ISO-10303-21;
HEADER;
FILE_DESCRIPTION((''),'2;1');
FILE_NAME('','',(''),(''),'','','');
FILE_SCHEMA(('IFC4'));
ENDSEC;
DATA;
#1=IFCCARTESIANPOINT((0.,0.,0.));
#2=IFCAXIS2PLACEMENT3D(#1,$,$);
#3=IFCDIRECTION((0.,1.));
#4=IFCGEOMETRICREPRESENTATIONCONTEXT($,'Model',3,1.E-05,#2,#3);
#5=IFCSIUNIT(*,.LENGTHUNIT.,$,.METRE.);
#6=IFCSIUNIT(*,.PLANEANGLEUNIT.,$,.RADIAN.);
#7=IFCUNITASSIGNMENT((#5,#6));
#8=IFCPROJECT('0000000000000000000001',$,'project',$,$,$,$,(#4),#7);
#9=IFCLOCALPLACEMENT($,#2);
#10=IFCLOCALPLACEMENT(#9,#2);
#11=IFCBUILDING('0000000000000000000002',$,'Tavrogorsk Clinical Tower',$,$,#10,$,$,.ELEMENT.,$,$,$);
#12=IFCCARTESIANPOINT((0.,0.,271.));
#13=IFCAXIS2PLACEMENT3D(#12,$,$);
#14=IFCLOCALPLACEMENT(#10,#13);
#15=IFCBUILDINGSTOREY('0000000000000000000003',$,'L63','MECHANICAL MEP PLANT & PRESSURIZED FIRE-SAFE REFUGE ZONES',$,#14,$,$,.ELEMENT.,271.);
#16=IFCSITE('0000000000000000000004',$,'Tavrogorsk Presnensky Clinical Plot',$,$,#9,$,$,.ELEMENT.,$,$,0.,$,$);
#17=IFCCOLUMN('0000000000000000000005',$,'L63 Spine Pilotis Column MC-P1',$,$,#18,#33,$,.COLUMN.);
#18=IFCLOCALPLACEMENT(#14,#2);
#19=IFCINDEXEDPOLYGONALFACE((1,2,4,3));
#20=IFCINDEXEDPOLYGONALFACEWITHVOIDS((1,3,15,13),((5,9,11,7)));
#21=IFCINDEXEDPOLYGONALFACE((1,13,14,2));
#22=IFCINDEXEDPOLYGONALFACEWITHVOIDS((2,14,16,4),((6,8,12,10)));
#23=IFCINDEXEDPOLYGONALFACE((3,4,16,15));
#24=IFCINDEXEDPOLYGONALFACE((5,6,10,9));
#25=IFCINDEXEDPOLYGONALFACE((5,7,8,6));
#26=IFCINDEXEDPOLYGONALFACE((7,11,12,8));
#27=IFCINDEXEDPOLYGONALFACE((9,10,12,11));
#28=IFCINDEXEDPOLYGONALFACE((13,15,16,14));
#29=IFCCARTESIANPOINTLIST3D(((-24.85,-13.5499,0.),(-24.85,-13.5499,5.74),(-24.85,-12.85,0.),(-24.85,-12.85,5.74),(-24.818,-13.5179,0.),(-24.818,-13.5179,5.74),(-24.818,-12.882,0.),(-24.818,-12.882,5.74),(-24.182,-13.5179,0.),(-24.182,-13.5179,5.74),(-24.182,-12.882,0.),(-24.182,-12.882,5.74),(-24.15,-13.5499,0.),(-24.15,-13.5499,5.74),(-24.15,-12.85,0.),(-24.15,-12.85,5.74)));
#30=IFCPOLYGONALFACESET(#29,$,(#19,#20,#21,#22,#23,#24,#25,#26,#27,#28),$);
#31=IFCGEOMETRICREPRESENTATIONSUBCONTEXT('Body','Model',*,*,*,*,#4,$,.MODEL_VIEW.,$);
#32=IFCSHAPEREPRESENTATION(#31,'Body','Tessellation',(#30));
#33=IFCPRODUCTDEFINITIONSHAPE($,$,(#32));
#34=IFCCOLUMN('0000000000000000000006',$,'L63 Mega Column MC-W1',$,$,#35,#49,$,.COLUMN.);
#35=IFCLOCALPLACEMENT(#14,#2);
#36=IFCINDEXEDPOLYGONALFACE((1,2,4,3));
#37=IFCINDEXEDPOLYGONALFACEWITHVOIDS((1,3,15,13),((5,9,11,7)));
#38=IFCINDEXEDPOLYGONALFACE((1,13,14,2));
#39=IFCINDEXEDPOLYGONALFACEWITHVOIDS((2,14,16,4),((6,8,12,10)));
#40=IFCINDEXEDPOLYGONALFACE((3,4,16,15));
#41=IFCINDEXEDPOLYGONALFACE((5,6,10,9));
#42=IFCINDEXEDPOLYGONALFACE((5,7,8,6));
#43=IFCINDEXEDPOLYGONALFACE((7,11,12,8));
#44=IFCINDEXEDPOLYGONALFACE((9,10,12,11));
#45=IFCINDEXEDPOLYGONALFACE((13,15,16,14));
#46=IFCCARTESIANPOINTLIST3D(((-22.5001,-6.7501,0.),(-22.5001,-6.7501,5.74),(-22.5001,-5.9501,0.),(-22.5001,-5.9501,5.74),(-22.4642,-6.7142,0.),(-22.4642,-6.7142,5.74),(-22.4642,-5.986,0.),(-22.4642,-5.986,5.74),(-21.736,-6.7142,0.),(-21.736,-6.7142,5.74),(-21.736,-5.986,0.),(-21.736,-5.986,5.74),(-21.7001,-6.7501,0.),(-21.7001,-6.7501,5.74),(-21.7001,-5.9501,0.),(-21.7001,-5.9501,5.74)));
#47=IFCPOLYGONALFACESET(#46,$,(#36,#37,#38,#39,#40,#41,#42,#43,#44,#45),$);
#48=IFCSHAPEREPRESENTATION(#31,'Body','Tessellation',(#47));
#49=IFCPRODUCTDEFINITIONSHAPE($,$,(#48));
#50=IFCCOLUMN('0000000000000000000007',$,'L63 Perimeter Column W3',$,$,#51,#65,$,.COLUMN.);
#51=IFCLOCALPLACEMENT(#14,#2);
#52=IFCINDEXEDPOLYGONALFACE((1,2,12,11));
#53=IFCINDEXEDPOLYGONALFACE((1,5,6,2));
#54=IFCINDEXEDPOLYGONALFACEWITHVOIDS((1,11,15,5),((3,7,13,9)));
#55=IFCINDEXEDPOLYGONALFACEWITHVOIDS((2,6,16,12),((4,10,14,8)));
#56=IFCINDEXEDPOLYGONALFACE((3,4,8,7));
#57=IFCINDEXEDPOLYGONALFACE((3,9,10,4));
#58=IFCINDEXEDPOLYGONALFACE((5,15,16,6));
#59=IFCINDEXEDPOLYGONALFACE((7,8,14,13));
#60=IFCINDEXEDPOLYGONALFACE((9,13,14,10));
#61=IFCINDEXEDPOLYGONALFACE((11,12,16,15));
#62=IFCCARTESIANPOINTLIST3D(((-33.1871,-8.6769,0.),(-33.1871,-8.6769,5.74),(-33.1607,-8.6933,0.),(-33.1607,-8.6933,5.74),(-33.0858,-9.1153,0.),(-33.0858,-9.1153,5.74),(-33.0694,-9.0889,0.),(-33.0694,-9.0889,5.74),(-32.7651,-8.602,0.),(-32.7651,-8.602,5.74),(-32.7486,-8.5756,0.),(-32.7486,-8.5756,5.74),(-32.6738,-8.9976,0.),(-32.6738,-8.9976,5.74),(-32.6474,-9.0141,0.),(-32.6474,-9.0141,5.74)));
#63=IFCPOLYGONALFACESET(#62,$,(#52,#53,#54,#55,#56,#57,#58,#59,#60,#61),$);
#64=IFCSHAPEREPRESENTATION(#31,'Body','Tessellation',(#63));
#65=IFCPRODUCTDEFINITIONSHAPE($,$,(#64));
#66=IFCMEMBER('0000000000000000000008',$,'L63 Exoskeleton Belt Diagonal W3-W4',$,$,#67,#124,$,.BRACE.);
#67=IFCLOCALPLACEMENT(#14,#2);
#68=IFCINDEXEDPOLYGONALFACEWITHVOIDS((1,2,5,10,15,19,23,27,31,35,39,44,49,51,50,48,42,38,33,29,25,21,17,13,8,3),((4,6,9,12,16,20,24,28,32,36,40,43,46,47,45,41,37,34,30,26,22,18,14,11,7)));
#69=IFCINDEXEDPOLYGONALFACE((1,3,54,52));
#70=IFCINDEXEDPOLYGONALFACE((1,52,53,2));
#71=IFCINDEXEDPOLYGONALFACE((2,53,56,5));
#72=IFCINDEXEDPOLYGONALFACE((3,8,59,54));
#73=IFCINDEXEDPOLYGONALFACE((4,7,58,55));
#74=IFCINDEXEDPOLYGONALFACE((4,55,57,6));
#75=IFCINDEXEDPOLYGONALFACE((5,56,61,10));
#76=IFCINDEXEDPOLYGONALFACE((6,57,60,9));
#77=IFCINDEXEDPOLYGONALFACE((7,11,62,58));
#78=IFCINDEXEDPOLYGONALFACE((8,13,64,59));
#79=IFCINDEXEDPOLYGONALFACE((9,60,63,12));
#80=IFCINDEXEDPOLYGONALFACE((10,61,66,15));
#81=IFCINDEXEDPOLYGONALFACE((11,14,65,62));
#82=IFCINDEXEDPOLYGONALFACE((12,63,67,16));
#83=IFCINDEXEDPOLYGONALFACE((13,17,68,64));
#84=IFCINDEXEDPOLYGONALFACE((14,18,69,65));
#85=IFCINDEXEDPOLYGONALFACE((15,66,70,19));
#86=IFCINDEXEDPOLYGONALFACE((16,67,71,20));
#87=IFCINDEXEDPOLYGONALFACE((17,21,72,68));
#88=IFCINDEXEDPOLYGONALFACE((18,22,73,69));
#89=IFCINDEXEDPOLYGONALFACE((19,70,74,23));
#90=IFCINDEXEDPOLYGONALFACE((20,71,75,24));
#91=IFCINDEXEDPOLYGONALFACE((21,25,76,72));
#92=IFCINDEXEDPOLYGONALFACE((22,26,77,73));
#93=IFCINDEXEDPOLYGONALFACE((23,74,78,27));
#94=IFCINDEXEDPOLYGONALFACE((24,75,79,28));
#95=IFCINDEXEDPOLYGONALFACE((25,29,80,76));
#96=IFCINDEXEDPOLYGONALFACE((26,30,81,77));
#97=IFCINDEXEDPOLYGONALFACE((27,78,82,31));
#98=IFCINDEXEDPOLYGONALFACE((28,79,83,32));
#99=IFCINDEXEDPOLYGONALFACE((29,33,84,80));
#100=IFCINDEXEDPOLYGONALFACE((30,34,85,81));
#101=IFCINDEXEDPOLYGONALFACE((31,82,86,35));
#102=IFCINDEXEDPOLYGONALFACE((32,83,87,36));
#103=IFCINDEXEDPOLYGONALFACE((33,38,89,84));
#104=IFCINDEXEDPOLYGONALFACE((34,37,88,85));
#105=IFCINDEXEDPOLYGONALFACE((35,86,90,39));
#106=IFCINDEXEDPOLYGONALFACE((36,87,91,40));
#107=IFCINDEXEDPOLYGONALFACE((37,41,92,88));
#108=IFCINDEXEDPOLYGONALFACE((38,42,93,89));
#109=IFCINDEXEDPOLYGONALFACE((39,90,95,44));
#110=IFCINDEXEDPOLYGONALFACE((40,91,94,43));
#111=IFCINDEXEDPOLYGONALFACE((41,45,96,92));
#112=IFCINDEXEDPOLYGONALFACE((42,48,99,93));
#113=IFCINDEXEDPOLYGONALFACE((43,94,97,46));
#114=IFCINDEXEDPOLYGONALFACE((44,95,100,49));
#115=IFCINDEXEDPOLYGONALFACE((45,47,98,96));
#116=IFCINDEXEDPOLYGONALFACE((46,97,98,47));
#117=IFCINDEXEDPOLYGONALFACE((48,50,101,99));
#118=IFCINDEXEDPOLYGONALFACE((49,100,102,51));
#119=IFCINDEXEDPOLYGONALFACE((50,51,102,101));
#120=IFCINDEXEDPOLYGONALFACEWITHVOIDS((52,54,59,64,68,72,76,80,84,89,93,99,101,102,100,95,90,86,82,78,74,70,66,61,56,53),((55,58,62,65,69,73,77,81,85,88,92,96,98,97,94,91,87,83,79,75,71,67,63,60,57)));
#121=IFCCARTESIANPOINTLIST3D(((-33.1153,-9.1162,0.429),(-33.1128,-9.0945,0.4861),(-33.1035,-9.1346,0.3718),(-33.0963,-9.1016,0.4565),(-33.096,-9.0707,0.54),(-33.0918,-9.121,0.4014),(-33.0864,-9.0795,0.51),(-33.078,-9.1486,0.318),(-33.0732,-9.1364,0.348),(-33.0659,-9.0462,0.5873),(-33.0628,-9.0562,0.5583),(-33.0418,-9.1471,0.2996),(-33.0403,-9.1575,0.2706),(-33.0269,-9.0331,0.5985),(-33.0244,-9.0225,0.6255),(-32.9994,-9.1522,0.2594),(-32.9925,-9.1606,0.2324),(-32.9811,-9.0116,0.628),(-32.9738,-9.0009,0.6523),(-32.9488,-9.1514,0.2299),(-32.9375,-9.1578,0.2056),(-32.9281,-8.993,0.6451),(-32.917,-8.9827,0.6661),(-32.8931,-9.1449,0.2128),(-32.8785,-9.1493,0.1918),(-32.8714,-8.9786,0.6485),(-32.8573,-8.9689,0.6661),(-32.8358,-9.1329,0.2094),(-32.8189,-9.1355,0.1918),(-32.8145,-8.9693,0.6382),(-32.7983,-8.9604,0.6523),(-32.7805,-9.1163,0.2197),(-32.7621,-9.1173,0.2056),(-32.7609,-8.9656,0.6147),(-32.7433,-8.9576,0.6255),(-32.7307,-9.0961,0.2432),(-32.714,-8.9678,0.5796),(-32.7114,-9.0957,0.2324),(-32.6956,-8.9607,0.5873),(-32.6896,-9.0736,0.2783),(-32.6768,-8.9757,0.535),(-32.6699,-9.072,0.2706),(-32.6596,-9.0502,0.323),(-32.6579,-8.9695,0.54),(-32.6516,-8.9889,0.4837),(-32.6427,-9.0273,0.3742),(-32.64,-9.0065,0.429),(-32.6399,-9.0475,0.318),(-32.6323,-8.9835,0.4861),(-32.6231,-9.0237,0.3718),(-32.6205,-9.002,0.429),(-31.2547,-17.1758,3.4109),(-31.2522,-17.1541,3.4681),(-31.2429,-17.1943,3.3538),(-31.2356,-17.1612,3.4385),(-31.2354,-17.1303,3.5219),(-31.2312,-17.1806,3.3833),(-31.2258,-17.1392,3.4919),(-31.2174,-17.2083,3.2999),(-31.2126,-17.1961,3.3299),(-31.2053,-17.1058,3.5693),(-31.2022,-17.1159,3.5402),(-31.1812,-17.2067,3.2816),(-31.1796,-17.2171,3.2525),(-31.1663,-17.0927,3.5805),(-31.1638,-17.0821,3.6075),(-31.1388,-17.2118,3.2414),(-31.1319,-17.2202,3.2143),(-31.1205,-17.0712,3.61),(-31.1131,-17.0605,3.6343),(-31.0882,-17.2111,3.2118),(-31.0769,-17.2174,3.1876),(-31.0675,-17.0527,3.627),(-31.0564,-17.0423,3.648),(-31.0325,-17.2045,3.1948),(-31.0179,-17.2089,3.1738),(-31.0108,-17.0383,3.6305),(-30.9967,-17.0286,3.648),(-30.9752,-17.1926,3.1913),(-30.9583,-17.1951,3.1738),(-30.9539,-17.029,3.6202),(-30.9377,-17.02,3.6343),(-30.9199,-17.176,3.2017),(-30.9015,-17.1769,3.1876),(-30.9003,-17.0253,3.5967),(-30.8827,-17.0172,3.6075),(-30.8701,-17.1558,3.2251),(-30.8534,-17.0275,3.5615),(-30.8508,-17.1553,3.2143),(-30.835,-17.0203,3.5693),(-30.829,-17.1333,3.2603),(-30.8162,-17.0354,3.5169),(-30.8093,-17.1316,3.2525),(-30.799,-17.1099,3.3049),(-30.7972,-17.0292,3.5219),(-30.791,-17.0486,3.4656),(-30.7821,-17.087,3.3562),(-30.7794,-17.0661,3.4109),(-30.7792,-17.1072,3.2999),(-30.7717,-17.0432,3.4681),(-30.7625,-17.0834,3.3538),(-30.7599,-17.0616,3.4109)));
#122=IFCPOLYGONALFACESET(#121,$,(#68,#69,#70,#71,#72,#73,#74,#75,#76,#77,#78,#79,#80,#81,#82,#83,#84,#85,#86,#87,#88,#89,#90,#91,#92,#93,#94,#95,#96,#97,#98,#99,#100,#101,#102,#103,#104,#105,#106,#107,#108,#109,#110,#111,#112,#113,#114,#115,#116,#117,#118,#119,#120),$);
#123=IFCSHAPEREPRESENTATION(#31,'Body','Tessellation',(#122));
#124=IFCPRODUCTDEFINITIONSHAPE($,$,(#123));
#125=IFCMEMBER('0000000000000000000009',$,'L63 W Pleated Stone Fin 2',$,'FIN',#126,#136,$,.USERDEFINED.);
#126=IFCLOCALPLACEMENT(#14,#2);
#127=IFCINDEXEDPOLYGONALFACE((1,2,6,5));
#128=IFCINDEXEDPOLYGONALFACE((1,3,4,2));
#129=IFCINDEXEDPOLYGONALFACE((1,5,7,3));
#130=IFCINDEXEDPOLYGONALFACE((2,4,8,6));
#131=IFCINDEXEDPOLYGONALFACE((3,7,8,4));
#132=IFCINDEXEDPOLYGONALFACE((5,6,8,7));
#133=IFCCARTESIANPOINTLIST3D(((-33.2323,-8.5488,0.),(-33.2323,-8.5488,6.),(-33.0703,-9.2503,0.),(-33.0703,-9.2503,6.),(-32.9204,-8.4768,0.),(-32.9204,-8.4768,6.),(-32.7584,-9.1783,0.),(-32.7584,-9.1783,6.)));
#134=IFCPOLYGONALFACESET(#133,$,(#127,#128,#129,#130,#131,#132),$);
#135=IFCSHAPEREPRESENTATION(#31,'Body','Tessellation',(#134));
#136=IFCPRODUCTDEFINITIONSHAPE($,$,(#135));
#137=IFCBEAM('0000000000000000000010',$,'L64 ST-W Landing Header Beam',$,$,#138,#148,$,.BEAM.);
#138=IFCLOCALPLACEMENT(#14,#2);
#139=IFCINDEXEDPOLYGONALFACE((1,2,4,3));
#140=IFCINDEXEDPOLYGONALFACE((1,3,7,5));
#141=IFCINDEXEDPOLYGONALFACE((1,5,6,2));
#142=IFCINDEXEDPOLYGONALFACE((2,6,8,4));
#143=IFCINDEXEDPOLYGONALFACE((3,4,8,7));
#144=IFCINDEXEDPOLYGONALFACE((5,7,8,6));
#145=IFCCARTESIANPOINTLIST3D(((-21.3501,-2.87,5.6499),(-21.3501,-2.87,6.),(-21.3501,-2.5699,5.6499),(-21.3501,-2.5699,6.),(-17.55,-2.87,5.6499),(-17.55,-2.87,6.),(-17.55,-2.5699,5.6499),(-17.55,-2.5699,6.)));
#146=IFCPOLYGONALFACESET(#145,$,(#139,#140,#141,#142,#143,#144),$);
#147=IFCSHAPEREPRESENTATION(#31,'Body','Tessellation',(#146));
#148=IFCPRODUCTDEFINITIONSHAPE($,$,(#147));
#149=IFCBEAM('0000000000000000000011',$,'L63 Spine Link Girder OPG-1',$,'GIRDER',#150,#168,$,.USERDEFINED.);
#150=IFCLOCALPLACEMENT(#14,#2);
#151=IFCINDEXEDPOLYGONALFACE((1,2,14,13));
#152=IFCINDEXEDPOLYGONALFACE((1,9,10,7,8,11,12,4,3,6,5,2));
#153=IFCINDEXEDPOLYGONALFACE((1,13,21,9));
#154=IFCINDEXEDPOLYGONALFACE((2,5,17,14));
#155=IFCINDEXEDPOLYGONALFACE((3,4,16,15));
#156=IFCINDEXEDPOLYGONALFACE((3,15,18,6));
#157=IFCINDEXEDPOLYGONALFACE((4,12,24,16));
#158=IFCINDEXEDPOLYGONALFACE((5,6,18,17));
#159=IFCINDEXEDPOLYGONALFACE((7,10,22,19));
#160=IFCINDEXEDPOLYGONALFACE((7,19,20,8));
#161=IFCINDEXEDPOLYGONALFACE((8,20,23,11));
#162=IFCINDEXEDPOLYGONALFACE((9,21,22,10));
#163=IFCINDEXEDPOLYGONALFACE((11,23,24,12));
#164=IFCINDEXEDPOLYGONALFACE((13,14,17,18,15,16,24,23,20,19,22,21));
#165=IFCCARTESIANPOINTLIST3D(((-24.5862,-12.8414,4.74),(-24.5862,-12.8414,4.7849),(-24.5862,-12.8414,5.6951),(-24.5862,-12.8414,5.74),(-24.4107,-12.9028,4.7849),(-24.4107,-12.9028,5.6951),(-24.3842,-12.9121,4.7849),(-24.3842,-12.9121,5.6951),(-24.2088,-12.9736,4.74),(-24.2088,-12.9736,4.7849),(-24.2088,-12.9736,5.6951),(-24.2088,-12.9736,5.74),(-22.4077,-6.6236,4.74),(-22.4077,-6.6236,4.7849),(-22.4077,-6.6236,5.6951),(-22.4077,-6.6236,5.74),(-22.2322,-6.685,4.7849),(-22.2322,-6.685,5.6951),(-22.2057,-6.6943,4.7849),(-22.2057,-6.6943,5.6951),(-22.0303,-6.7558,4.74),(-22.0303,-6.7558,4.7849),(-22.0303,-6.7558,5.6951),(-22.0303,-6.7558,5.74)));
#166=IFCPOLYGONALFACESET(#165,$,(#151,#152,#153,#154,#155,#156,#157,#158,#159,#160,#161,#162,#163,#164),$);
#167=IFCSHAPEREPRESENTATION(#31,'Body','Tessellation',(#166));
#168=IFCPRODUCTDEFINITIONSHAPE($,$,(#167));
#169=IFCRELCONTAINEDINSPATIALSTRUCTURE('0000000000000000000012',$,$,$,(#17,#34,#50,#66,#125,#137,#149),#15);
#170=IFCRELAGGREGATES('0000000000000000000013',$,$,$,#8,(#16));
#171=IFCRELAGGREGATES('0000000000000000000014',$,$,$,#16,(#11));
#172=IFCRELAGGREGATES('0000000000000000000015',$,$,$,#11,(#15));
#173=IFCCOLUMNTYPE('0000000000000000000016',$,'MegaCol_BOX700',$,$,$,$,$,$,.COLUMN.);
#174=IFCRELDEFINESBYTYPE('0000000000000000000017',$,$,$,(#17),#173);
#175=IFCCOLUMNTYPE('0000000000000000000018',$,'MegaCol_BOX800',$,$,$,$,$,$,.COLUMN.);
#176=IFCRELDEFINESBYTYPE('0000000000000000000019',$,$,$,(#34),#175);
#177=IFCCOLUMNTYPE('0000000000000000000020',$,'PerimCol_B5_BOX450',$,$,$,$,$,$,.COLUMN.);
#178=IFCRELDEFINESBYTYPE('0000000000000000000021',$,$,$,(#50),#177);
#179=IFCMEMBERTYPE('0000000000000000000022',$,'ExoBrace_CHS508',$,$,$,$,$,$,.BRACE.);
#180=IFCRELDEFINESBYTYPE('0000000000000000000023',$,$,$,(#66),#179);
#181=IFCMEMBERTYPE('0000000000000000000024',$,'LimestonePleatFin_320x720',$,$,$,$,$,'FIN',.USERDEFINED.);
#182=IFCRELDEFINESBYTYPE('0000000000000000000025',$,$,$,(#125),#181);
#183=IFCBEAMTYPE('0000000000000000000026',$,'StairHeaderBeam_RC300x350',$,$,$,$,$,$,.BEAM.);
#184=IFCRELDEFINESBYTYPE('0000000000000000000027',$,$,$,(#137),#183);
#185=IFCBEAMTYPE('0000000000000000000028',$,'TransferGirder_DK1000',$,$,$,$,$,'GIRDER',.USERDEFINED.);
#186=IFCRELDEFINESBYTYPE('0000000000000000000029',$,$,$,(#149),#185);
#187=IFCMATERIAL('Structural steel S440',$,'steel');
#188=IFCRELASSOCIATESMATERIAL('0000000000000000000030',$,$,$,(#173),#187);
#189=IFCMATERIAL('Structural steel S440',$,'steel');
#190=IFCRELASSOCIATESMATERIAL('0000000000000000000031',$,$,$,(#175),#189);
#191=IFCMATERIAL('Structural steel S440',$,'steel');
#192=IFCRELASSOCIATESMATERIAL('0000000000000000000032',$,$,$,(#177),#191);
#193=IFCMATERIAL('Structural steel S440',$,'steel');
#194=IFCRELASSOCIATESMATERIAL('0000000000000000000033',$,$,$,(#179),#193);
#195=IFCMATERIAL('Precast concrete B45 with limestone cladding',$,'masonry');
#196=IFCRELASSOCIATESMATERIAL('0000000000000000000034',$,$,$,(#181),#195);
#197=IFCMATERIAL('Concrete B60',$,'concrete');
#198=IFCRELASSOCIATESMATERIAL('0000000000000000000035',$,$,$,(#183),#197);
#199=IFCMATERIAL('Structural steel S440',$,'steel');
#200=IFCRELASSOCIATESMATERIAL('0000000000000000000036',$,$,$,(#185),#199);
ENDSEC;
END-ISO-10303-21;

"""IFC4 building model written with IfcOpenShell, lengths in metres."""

from ifc_helpers import new_model, si_unit, direction, frame, origin, origin_2d, place, context, subcontext, project, spatial, rectangle, hollow_rectangle, hollow_circle, i_section, extrude, material, material_profile, profile_set, type_object, element, save


model = new_model("IFC4")

# Units and contexts
model_context = context("Model", 3, precision=1e-05, world=origin(), true_north=direction((0.0, 1.0)))
body_context = subcontext(model_context, "Body", "Model", "MODEL_VIEW")
ifc_project = project(units=[si_unit("LENGTHUNIT", "METRE"), si_unit("PLANEANGLEUNIT", "RADIAN")], contexts=[model_context])

# Site, building, storey
site_placement = place(None, origin())
site = spatial("IfcSite", under=ifc_project, at=site_placement, Name="Tavrogorsk Presnensky Clinical Plot", CompositionType="ELEMENT", RefElevation=0.0)
building_placement = place(site_placement, origin())
building = spatial("IfcBuilding", under=site, at=building_placement, Name="Tavrogorsk Clinical Tower", CompositionType="ELEMENT")
storey_placement = place(building_placement, frame((0.0, 0.0, 271.0)))
storey = spatial("IfcBuildingStorey", under=building, at=storey_placement, Name="L63", Description="MECHANICAL MEP PLANT & PRESSURIZED FIRE-SAFE REFUGE ZONES", CompositionType="ELEMENT", Elevation=271.0)

# Columns
ifc_material_1 = material(Name="Structural steel S440", Category="steel")
ifc_material_profile_1 = material_profile(ifc_material_1, hollow_rectangle(XDim=0.7, YDim=0.7, WallThickness=0.032, at=origin_2d()), Name="BOX-700x700x32")
ifc_profile_set_1 = profile_set([ifc_material_profile_1], Name="Structural steel S440")
column_type_1 = type_object("IfcColumnType", Name="MegaCol_BOX700", PredefinedType="COLUMN", material=ifc_profile_set_1)
column_1_placement = place(storey_placement, frame((-24.5, -13.2, 0.0), z_axis=(0.0, 0.0, 1.0), x_axis=(1.0, 0.0, 0.0)))
element("IfcColumn", 1, at=column_1_placement, inside=storey, type_object=column_type_1, Name="L63 Spine Pilotis Column MC-P1", PredefinedType="COLUMN", context=body_context, shape_type="SweptSolid", body=[
    extrude(hollow_rectangle(XDim=0.7, YDim=0.7, WallThickness=0.032, at=origin_2d()), origin(), (0.0, 0.0, 1.0), 5.74),
])
ifc_material_2 = material(Name="Structural steel S440", Category="steel")
ifc_material_profile_2 = material_profile(ifc_material_2, hollow_rectangle(XDim=0.8, YDim=0.8, WallThickness=0.0359, at=origin_2d()), Name="BOX-800x800x36")
ifc_profile_set_2 = profile_set([ifc_material_profile_2], Name="Structural steel S440")
column_type_2 = type_object("IfcColumnType", Name="MegaCol_BOX800", PredefinedType="COLUMN", material=ifc_profile_set_2)
column_2_placement = place(storey_placement, frame((-22.1001, -6.3501, 0.0), z_axis=(0.0, 0.0, 1.0), x_axis=(1.0, 0.0, 0.0)))
element("IfcColumn", 2, at=column_2_placement, inside=storey, type_object=column_type_2, Name="L63 Mega Column MC-W1", PredefinedType="COLUMN", context=body_context, shape_type="SweptSolid", body=[
    extrude(hollow_rectangle(XDim=0.8, YDim=0.8, WallThickness=0.0359, at=origin_2d()), origin(), (0.0, 0.0, 1.0), 5.74),
])
ifc_material_3 = material(Name="Structural steel S440", Category="steel")
ifc_material_profile_3 = material_profile(ifc_material_3, hollow_rectangle(XDim=0.45, YDim=0.45, WallThickness=0.022, at=origin_2d()), Name="BOX-450x450x22")
ifc_profile_set_3 = profile_set([ifc_material_profile_3], Name="Structural steel S440")
column_type_3 = type_object("IfcColumnType", Name="PerimCol_B5_BOX450", PredefinedType="COLUMN", material=ifc_profile_set_3)
column_3_placement = place(storey_placement, frame((-32.9172, -8.8455, 0.0), z_axis=(0.0, 0.0, 1.0), x_axis=(0.97437, 0.224951, 0.0)))
element("IfcColumn", 3, at=column_3_placement, inside=storey, type_object=column_type_3, Name="L63 Perimeter Column W3", PredefinedType="COLUMN", context=body_context, shape_type="SweptSolid", body=[
    extrude(hollow_rectangle(XDim=0.45, YDim=0.45, WallThickness=0.022, at=origin_2d()), origin(), (0.0, 0.0, 1.0), 5.74),
])

# Members
ifc_material_4 = material(Name="Structural steel S440", Category="steel")
ifc_material_profile_4 = material_profile(ifc_material_4, hollow_circle(Radius=0.2539, WallThickness=0.02, at=origin_2d()), Name="CHS-508x20")
ifc_profile_set_4 = profile_set([ifc_material_profile_4], Name="Structural steel S440")
member_type_1 = type_object("IfcMemberType", Name="ExoBrace_CHS508", PredefinedType="BRACE", material=ifc_profile_set_4)
member_1_placement = place(storey_placement, frame((-32.8679, -9.0591, 0.429), z_axis=(0.211608, -0.916627, 0.33914), x_axis=(0.974373, 0.224939, 0.0)))
element("IfcMember", 4, at=member_1_placement, inside=storey, type_object=member_type_1, Name="L63 Exoskeleton Belt Diagonal W3-W4", PredefinedType="BRACE", context=body_context, shape_type="SweptSolid", body=[
    extrude(hollow_circle(Radius=0.2539, WallThickness=0.02, at=origin_2d()), origin(), (0.0, 0.0, 1.0), 8.7927),
])
ifc_material_5 = material(Name="Precast concrete B45 with limestone cladding", Category="masonry")
ifc_material_profile_5 = material_profile(ifc_material_5, rectangle(XDim=0.3201, YDim=0.72, at=origin_2d()), Name="LIMESTONE-FIN-320x720")
ifc_profile_set_5 = profile_set([ifc_material_profile_5], Name="Precast concrete B45 with limestone cladding")
member_type_2 = type_object("IfcMemberType", Name="LimestonePleatFin_320x720", ElementType="FIN", PredefinedType="USERDEFINED", material=ifc_profile_set_5)
member_2_placement = place(storey_placement, frame((-32.9954, -8.8635, 0.0), z_axis=(0.0, 0.0, 1.0), x_axis=(0.97437, 0.224951, 0.0)))
element("IfcMember", 5, at=member_2_placement, inside=storey, type_object=member_type_2, Name="L63 W Pleated Stone Fin 2", ObjectType="FIN", PredefinedType="USERDEFINED", context=body_context, shape_type="SweptSolid", body=[
    extrude(rectangle(XDim=0.3201, YDim=0.72, at=origin_2d()), origin(), (0.0, 0.0, 1.0), 6.0),
])

# Beams
ifc_material_6 = material(Name="Concrete B60", Category="concrete")
ifc_material_profile_6 = material_profile(ifc_material_6, rectangle(XDim=0.3, YDim=0.3501, at=origin_2d()), Name="RC-SHB-300x350")
ifc_profile_set_6 = profile_set([ifc_material_profile_6], Name="Concrete B60")
beam_type_1 = type_object("IfcBeamType", Name="StairHeaderBeam_RC300x350", PredefinedType="BEAM", material=ifc_profile_set_6)
beam_1_placement = place(storey_placement, frame((-21.3501, -2.72, 5.825), z_axis=(1.0, 0.0, 0.0), x_axis=(0.0, 1.0, 0.0)))
element("IfcBeam", 6, at=beam_1_placement, inside=storey, type_object=beam_type_1, Name="L64 ST-W Landing Header Beam", PredefinedType="BEAM", context=body_context, shape_type="SweptSolid", body=[
    extrude(rectangle(XDim=0.3, YDim=0.3501, at=origin_2d()), origin(), (0.0, 0.0, 1.0), 3.8),
])
ifc_material_7 = material(Name="Structural steel S440", Category="steel")
ifc_material_profile_7 = material_profile(ifc_material_7, i_section(OverallWidth=0.3999, OverallDepth=1.0, WebThickness=0.0281, FlangeThickness=0.0449, at=origin_2d()), Name="DK-1000x400x28x45")
ifc_profile_set_7 = profile_set([ifc_material_profile_7], Name="Structural steel S440")
beam_type_2 = type_object("IfcBeamType", Name="TransferGirder_DK1000", ElementType="GIRDER", PredefinedType="USERDEFINED", material=ifc_profile_set_7)
beam_2_placement = place(storey_placement, frame((-24.3975, -12.9075, 5.24), z_axis=(0.330654, 0.943752, 0.0), x_axis=(-0.943752, 0.330654, 0.0)))
element("IfcBeam", 7, at=beam_2_placement, inside=storey, type_object=beam_type_2, Name="L63 Spine Link Girder OPG-1", ObjectType="GIRDER", PredefinedType="USERDEFINED", context=body_context, shape_type="SweptSolid", body=[
    extrude(i_section(OverallWidth=0.3999, OverallDepth=1.0, WebThickness=0.0281, FlangeThickness=0.0449, at=origin_2d()), origin(), (0.0, 0.0, 1.0), 6.5884),
])

save(model, "model.ifc")
